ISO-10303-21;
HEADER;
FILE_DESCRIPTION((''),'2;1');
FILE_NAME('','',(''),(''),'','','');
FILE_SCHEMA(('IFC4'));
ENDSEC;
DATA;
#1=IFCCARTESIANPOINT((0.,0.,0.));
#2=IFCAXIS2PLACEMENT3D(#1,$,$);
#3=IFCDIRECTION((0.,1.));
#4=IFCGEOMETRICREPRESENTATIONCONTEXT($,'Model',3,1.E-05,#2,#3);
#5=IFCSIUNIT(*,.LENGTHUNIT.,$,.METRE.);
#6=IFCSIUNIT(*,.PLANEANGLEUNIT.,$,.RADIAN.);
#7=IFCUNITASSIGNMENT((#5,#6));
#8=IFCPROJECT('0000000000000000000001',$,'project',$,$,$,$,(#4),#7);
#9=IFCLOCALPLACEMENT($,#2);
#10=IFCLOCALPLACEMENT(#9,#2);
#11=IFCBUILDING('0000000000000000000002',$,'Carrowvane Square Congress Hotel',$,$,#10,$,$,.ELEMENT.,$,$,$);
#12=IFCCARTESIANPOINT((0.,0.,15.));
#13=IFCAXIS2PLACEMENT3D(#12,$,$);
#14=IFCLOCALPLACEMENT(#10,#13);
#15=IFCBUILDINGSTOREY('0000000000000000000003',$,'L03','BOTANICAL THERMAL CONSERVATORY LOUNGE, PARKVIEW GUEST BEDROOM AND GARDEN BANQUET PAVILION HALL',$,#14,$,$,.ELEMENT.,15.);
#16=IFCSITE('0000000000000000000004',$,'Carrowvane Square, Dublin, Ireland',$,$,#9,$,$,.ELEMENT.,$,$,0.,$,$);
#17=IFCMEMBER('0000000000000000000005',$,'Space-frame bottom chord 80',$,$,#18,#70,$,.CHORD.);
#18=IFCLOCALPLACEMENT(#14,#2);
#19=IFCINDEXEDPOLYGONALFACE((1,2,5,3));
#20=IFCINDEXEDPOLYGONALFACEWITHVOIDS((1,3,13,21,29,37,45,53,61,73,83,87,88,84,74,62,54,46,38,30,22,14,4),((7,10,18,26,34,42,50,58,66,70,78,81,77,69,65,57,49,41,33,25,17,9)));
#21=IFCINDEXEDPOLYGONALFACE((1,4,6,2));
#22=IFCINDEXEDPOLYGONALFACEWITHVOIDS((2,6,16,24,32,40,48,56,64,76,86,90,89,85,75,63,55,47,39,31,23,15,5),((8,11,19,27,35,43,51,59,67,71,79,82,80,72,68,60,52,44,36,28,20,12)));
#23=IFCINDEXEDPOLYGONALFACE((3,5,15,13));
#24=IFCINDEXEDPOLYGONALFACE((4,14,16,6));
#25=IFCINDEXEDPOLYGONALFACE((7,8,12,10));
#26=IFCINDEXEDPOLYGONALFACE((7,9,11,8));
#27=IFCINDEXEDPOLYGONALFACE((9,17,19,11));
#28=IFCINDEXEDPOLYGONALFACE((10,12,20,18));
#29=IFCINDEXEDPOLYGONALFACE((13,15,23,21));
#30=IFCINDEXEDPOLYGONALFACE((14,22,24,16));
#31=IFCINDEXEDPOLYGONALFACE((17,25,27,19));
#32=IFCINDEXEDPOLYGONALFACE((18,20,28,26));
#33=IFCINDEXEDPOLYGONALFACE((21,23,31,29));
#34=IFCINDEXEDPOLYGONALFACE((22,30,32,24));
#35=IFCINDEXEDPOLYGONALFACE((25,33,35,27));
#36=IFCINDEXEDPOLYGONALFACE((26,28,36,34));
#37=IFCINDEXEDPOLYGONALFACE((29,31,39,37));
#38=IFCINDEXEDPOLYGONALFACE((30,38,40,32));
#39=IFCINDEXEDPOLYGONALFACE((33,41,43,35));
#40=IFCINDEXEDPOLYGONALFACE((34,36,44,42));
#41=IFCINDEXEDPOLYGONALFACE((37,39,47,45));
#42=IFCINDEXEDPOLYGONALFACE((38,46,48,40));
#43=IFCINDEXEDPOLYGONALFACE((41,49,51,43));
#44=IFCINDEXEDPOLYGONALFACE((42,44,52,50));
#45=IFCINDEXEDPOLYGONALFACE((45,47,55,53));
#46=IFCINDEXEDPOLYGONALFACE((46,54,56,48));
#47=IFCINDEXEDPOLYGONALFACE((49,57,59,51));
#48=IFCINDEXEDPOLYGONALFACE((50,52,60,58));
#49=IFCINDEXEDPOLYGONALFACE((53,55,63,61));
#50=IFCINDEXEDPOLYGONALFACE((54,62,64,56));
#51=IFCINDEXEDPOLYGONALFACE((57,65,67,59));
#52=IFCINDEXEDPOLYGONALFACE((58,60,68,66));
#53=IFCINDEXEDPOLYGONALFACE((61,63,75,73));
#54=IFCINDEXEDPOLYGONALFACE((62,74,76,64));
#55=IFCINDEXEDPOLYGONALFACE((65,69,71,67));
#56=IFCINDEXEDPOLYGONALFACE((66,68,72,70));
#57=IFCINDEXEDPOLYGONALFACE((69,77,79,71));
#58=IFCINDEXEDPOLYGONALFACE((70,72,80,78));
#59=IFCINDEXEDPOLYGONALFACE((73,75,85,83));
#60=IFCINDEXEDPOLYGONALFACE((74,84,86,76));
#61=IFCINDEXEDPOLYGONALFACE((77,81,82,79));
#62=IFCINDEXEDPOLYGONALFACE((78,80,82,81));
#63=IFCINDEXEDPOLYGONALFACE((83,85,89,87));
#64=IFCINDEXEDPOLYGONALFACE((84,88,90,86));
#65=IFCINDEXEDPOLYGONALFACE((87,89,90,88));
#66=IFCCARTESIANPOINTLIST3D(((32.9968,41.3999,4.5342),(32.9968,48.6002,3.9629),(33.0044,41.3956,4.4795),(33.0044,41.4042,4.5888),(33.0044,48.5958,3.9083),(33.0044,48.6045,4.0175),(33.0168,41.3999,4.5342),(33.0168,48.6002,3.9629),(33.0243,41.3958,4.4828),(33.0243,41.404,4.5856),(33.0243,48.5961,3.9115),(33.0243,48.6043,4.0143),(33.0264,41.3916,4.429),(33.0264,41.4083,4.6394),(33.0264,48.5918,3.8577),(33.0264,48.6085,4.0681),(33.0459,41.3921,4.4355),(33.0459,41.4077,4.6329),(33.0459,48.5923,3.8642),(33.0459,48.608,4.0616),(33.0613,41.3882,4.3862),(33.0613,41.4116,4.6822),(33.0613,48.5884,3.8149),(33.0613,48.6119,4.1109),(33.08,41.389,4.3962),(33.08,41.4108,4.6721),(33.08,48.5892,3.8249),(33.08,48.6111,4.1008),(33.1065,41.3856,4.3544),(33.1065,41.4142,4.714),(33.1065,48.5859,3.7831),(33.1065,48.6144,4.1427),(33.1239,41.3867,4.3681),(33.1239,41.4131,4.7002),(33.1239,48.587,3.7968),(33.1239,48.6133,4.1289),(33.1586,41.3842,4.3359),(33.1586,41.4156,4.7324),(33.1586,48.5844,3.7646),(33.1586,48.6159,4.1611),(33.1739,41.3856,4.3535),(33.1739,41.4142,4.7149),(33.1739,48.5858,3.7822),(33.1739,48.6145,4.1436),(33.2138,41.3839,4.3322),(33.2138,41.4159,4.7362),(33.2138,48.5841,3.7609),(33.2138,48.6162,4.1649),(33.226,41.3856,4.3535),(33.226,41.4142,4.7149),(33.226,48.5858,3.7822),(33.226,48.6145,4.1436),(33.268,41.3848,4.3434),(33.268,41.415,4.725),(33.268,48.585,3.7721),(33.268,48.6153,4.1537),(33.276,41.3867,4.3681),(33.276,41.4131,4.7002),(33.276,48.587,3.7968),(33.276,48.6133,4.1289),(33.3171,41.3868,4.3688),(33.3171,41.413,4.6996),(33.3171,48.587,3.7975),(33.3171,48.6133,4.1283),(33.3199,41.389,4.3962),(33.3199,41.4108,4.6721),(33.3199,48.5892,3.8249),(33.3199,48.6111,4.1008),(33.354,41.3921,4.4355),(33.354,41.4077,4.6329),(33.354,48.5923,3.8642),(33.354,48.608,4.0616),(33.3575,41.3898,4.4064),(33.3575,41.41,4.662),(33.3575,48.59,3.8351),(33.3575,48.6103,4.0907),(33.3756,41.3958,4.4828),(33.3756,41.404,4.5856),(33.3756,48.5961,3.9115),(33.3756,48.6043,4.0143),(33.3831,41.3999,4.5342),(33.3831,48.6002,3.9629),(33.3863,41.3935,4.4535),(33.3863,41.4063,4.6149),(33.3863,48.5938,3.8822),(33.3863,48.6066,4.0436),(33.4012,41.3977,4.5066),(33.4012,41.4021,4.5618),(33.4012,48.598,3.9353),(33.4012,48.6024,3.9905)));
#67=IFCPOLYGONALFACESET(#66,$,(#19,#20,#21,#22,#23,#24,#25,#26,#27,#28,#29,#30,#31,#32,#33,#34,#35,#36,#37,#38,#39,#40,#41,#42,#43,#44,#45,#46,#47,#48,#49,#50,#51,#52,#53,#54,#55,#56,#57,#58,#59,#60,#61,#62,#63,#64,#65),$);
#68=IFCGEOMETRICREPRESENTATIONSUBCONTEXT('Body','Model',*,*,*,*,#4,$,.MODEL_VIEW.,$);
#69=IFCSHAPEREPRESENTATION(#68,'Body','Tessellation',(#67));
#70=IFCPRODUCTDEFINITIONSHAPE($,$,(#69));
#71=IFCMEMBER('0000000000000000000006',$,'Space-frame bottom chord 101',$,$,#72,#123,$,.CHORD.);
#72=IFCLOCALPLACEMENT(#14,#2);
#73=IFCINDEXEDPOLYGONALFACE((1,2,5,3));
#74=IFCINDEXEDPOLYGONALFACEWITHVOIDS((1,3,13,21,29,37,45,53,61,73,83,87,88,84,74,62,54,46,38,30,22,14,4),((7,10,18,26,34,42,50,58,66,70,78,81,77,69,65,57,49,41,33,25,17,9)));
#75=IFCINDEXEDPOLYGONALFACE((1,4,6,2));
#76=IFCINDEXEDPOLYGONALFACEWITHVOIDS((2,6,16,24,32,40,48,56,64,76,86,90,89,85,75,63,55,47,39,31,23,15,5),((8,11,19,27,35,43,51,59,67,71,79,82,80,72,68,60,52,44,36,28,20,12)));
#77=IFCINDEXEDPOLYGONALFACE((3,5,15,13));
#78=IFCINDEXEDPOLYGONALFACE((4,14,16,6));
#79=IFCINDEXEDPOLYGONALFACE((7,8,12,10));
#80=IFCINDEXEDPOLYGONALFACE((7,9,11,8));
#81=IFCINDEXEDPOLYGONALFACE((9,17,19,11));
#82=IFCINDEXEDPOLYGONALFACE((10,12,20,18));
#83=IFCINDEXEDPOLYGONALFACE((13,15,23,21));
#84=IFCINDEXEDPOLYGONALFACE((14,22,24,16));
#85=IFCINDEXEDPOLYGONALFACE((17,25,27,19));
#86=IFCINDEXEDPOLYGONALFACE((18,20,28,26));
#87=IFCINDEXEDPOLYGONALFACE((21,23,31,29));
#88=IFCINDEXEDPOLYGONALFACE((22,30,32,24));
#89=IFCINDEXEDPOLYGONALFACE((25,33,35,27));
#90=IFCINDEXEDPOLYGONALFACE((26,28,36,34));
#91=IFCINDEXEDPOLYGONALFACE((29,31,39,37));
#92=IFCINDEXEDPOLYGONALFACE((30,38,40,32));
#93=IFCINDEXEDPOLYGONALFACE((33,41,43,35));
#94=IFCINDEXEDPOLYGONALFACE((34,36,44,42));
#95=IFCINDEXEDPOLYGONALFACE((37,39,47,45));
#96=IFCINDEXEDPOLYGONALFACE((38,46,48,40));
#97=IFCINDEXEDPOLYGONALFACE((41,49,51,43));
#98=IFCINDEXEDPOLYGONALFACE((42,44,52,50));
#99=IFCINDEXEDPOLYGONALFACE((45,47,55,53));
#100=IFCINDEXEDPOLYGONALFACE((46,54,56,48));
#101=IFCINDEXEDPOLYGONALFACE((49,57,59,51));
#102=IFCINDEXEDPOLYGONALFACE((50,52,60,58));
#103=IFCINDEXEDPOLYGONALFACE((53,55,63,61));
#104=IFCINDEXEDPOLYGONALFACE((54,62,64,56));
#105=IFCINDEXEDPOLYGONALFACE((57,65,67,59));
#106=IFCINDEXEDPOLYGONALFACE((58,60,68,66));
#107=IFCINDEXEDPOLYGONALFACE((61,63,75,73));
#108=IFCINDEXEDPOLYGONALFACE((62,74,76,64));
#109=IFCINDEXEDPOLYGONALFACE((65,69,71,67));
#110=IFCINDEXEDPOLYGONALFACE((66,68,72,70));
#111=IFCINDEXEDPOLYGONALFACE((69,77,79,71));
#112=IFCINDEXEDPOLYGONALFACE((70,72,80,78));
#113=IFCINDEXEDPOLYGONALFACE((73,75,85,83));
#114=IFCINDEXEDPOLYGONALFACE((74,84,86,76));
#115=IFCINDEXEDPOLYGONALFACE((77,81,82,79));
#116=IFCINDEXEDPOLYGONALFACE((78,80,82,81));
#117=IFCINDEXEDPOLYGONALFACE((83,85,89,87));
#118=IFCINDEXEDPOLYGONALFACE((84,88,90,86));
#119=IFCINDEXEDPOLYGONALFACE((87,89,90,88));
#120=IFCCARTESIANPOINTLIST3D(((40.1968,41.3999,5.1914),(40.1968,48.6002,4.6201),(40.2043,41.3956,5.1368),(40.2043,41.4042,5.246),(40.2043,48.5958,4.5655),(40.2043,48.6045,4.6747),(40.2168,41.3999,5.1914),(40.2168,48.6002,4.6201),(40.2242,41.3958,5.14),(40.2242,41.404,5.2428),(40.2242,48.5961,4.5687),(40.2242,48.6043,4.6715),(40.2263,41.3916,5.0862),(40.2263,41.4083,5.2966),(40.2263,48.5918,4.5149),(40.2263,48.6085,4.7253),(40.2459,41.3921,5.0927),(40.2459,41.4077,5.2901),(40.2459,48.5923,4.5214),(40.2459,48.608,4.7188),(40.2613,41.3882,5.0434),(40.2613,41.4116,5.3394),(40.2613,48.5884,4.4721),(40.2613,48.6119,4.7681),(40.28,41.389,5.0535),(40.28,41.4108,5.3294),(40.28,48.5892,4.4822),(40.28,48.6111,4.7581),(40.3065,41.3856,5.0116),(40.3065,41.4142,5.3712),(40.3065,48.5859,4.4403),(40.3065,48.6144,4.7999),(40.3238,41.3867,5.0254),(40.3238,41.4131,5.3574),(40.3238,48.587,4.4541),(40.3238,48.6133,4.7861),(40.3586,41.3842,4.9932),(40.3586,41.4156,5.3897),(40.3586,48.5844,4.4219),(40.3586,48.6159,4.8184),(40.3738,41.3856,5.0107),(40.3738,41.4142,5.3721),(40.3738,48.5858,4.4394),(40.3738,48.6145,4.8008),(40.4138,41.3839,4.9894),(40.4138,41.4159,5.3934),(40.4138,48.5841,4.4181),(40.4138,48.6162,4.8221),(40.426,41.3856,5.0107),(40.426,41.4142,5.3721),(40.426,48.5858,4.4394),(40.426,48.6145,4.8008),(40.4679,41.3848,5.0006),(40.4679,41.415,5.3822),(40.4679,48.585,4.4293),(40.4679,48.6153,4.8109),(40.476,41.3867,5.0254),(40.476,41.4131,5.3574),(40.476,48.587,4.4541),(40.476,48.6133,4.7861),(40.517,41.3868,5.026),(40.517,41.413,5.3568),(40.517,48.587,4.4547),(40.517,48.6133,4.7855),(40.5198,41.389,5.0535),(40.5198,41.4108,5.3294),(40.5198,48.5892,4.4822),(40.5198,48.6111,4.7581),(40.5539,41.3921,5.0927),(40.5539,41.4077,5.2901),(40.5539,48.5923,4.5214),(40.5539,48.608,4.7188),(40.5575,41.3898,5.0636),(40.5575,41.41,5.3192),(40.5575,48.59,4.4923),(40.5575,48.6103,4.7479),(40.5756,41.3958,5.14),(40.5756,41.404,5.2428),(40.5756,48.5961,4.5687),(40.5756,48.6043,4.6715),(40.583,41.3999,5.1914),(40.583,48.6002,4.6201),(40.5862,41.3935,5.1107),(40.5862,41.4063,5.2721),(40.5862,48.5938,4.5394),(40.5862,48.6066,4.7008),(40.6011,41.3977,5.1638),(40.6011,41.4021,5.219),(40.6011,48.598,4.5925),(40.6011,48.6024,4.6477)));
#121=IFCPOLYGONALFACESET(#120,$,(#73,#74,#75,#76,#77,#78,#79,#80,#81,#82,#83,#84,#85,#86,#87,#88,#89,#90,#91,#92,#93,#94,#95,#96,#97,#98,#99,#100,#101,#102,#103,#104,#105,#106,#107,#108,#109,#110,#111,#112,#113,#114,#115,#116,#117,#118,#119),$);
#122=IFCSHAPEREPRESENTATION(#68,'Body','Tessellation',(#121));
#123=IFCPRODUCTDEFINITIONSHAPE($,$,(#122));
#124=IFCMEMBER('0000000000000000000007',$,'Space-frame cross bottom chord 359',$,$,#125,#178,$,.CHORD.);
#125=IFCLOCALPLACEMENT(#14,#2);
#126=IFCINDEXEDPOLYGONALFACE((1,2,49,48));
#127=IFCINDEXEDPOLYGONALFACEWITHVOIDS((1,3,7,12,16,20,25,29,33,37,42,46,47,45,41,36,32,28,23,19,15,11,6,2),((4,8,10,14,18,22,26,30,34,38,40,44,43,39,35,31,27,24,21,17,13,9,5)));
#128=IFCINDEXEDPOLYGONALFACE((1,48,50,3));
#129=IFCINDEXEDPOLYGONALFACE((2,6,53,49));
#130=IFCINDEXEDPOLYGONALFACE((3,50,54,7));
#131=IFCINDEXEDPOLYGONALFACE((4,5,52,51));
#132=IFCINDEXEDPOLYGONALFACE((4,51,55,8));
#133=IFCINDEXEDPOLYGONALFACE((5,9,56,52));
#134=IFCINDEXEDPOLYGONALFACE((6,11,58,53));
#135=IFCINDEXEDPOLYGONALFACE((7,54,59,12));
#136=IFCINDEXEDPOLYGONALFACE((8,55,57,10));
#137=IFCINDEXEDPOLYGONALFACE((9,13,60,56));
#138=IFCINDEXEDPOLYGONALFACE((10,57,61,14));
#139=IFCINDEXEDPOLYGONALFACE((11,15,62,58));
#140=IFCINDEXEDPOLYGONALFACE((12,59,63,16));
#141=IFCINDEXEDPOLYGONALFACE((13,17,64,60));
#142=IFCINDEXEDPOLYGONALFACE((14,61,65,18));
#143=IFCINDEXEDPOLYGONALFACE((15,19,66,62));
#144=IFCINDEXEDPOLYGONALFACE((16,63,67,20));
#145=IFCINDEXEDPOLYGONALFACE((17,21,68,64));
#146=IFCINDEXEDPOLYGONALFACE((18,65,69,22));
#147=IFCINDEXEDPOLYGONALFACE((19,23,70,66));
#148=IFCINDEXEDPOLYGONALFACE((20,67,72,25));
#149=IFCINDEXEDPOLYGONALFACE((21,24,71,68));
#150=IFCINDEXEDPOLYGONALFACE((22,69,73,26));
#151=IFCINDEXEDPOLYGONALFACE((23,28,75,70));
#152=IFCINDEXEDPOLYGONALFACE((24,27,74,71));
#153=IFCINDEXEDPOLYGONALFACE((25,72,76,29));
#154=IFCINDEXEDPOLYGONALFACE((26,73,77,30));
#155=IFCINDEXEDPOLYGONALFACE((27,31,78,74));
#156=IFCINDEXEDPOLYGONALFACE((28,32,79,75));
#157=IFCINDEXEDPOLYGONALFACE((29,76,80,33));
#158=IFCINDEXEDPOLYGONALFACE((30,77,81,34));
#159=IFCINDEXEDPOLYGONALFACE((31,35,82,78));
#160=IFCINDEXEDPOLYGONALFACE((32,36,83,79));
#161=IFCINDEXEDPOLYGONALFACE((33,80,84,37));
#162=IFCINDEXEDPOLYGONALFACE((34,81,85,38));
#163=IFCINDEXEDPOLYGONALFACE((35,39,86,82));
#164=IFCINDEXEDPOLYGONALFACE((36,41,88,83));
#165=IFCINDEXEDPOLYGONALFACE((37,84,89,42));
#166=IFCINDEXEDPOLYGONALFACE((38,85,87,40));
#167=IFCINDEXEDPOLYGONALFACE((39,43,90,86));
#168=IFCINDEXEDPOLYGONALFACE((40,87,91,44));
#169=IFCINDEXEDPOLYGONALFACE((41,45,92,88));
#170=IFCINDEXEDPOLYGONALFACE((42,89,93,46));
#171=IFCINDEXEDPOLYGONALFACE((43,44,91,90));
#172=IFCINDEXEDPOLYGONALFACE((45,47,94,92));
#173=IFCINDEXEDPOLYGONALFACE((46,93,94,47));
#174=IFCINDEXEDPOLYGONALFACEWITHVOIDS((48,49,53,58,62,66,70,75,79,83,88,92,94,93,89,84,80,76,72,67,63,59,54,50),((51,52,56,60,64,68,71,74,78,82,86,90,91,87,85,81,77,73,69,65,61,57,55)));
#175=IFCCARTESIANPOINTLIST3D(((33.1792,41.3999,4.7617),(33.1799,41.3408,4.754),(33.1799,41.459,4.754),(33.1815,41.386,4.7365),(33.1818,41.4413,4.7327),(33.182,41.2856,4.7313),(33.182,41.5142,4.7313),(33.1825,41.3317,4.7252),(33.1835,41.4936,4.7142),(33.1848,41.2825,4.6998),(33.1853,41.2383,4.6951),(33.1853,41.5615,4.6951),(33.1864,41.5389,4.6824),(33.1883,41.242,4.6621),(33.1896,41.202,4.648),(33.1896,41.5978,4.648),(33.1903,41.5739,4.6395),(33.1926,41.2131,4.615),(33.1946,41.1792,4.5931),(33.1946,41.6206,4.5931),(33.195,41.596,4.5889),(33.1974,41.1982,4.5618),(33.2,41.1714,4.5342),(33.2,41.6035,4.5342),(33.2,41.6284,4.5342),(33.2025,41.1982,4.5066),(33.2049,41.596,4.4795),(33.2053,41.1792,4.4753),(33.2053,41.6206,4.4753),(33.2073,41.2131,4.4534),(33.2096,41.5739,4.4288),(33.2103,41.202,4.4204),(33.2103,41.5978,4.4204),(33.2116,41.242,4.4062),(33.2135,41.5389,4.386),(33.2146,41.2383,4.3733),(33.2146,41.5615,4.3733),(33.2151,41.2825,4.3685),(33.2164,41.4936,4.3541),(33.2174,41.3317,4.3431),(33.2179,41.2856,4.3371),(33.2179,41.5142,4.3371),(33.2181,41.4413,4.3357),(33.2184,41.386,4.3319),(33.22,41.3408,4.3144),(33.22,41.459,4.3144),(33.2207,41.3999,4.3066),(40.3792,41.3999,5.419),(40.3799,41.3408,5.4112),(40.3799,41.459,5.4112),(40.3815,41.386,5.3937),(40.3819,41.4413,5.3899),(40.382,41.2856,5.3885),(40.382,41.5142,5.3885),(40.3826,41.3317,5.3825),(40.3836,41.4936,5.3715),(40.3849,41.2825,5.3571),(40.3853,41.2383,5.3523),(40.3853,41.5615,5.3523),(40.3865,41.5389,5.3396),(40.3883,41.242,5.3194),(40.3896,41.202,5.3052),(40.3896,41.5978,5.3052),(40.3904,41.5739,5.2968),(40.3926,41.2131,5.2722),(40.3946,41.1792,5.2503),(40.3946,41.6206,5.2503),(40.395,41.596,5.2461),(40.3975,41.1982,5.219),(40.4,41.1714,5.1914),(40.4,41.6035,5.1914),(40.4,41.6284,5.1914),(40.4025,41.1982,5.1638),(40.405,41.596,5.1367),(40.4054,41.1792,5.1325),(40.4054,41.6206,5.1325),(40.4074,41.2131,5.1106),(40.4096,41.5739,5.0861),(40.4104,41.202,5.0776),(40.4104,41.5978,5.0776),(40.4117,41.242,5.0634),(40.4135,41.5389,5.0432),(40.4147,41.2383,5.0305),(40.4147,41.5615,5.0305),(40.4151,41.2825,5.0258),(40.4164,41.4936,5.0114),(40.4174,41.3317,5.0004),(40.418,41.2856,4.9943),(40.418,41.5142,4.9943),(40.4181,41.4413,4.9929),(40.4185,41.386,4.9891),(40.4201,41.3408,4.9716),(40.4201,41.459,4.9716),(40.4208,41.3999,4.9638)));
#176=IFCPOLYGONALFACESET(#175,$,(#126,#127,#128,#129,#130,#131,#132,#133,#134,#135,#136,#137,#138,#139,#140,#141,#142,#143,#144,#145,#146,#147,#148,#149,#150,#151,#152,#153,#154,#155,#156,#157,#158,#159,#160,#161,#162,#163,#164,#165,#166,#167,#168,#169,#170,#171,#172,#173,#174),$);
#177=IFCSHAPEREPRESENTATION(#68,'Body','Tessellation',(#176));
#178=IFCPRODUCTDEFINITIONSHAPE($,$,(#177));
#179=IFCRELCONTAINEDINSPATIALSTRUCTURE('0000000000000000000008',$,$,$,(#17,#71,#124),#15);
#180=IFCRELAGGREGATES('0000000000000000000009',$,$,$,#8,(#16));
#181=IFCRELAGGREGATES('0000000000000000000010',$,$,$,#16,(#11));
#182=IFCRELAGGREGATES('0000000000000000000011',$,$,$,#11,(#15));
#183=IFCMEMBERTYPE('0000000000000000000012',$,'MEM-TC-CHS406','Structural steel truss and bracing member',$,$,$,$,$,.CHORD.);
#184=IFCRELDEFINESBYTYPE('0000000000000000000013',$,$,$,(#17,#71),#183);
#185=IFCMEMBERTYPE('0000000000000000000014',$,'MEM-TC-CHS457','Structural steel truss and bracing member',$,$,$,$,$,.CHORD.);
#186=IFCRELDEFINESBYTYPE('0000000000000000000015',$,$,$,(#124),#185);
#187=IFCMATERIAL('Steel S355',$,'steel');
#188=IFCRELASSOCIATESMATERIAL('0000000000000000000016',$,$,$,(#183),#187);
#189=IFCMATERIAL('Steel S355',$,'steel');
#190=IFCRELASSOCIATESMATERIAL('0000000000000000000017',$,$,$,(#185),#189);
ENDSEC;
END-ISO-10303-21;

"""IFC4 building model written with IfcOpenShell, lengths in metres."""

from ifc_helpers import new_model, si_unit, direction, frame, origin, origin_2d, place, context, subcontext, project, spatial, hollow_circle, extrude, material, material_profile, profile_set, type_object, element, save


model = new_model("IFC4")

# Units and contexts
model_context = context("Model", 3, precision=1e-05, world=origin(), true_north=direction((0.0, 1.0)))
body_context = subcontext(model_context, "Body", "Model", "MODEL_VIEW")
ifc_project = project(units=[si_unit("LENGTHUNIT", "METRE"), si_unit("PLANEANGLEUNIT", "RADIAN")], contexts=[model_context])

# Site, building, storey
site_placement = place(None, origin())
site = spatial("IfcSite", under=ifc_project, at=site_placement, Name="Carrowvane Square, Dublin, Ireland", CompositionType="ELEMENT", RefElevation=0.0)
building_placement = place(site_placement, origin())
building = spatial("IfcBuilding", under=site, at=building_placement, Name="Carrowvane Square Congress Hotel", CompositionType="ELEMENT")
storey_placement = place(building_placement, frame((0.0, 0.0, 15.0)))
storey = spatial("IfcBuildingStorey", under=building, at=storey_placement, Name="L03", Description="BOTANICAL THERMAL CONSERVATORY LOUNGE, PARKVIEW GUEST BEDROOM AND GARDEN BANQUET PAVILION HALL", CompositionType="ELEMENT", Elevation=15.0)

# Members
ifc_material_1 = material(Name="Steel S355", Category="steel")
ifc_material_profile_1 = material_profile(ifc_material_1, hollow_circle(Radius=0.2031, WallThickness=0.02, at=origin_2d()), Name="CHS 406.4x20")
ifc_profile_set_1 = profile_set([ifc_material_profile_1], Name="Steel S355")
member_type_1 = type_object("IfcMemberType", Name="MEM-TC-CHS406", Description="Structural steel truss and bracing member", PredefinedType="CHORD", material=ifc_profile_set_1)
for number, where, z_axis, x_axis, name in (
    (1, (33.2, 41.3999, 4.5342), (0.0, 0.996867, -0.079095), (-1.0, 0.0, 0.0), "Space-frame bottom chord 80"),
    (2, (40.3999, 41.3999, 5.1914), (0.0, 0.996867, -0.079095), (-1.0, 0.0, 0.0), "Space-frame bottom chord 101"),
):
    element("IfcMember", number, at=place(storey_placement, frame(where, z_axis=z_axis, x_axis=x_axis)), inside=storey, type_object=member_type_1, Name=name, PredefinedType="CHORD", context=body_context, shape_type="SweptSolid", body=[
        extrude(hollow_circle(Radius=0.2031, WallThickness=0.02, at=origin_2d()), origin(), (0.0, 0.0, 1.0), 7.2229),
    ])
ifc_material_2 = material(Name="Steel S355", Category="steel")
ifc_material_profile_2 = material_profile(ifc_material_2, hollow_circle(Radius=0.2285, WallThickness=0.0249, at=origin_2d()), Name="CHS 457.0x25")
ifc_profile_set_2 = profile_set([ifc_material_profile_2], Name="Steel S355")
member_type_2 = type_object("IfcMemberType", Name="MEM-TC-CHS457", Description="Structural steel truss and bracing member", PredefinedType="CHORD", material=ifc_profile_set_2)
member_1_placement = place(storey_placement, frame((33.2, 41.3999, 4.5342), z_axis=(0.99586, 0.0, 0.090904), x_axis=(0.0, 1.0, 0.0)))
element("IfcMember", 3, at=member_1_placement, inside=storey, type_object=member_type_2, Name="Space-frame cross bottom chord 359", PredefinedType="CHORD", context=body_context, shape_type="SweptSolid", body=[
    extrude(hollow_circle(Radius=0.2285, WallThickness=0.0249, at=origin_2d()), origin(), (0.0, 0.0, 1.0), 7.23),
])

save(model, "model.ifc")
